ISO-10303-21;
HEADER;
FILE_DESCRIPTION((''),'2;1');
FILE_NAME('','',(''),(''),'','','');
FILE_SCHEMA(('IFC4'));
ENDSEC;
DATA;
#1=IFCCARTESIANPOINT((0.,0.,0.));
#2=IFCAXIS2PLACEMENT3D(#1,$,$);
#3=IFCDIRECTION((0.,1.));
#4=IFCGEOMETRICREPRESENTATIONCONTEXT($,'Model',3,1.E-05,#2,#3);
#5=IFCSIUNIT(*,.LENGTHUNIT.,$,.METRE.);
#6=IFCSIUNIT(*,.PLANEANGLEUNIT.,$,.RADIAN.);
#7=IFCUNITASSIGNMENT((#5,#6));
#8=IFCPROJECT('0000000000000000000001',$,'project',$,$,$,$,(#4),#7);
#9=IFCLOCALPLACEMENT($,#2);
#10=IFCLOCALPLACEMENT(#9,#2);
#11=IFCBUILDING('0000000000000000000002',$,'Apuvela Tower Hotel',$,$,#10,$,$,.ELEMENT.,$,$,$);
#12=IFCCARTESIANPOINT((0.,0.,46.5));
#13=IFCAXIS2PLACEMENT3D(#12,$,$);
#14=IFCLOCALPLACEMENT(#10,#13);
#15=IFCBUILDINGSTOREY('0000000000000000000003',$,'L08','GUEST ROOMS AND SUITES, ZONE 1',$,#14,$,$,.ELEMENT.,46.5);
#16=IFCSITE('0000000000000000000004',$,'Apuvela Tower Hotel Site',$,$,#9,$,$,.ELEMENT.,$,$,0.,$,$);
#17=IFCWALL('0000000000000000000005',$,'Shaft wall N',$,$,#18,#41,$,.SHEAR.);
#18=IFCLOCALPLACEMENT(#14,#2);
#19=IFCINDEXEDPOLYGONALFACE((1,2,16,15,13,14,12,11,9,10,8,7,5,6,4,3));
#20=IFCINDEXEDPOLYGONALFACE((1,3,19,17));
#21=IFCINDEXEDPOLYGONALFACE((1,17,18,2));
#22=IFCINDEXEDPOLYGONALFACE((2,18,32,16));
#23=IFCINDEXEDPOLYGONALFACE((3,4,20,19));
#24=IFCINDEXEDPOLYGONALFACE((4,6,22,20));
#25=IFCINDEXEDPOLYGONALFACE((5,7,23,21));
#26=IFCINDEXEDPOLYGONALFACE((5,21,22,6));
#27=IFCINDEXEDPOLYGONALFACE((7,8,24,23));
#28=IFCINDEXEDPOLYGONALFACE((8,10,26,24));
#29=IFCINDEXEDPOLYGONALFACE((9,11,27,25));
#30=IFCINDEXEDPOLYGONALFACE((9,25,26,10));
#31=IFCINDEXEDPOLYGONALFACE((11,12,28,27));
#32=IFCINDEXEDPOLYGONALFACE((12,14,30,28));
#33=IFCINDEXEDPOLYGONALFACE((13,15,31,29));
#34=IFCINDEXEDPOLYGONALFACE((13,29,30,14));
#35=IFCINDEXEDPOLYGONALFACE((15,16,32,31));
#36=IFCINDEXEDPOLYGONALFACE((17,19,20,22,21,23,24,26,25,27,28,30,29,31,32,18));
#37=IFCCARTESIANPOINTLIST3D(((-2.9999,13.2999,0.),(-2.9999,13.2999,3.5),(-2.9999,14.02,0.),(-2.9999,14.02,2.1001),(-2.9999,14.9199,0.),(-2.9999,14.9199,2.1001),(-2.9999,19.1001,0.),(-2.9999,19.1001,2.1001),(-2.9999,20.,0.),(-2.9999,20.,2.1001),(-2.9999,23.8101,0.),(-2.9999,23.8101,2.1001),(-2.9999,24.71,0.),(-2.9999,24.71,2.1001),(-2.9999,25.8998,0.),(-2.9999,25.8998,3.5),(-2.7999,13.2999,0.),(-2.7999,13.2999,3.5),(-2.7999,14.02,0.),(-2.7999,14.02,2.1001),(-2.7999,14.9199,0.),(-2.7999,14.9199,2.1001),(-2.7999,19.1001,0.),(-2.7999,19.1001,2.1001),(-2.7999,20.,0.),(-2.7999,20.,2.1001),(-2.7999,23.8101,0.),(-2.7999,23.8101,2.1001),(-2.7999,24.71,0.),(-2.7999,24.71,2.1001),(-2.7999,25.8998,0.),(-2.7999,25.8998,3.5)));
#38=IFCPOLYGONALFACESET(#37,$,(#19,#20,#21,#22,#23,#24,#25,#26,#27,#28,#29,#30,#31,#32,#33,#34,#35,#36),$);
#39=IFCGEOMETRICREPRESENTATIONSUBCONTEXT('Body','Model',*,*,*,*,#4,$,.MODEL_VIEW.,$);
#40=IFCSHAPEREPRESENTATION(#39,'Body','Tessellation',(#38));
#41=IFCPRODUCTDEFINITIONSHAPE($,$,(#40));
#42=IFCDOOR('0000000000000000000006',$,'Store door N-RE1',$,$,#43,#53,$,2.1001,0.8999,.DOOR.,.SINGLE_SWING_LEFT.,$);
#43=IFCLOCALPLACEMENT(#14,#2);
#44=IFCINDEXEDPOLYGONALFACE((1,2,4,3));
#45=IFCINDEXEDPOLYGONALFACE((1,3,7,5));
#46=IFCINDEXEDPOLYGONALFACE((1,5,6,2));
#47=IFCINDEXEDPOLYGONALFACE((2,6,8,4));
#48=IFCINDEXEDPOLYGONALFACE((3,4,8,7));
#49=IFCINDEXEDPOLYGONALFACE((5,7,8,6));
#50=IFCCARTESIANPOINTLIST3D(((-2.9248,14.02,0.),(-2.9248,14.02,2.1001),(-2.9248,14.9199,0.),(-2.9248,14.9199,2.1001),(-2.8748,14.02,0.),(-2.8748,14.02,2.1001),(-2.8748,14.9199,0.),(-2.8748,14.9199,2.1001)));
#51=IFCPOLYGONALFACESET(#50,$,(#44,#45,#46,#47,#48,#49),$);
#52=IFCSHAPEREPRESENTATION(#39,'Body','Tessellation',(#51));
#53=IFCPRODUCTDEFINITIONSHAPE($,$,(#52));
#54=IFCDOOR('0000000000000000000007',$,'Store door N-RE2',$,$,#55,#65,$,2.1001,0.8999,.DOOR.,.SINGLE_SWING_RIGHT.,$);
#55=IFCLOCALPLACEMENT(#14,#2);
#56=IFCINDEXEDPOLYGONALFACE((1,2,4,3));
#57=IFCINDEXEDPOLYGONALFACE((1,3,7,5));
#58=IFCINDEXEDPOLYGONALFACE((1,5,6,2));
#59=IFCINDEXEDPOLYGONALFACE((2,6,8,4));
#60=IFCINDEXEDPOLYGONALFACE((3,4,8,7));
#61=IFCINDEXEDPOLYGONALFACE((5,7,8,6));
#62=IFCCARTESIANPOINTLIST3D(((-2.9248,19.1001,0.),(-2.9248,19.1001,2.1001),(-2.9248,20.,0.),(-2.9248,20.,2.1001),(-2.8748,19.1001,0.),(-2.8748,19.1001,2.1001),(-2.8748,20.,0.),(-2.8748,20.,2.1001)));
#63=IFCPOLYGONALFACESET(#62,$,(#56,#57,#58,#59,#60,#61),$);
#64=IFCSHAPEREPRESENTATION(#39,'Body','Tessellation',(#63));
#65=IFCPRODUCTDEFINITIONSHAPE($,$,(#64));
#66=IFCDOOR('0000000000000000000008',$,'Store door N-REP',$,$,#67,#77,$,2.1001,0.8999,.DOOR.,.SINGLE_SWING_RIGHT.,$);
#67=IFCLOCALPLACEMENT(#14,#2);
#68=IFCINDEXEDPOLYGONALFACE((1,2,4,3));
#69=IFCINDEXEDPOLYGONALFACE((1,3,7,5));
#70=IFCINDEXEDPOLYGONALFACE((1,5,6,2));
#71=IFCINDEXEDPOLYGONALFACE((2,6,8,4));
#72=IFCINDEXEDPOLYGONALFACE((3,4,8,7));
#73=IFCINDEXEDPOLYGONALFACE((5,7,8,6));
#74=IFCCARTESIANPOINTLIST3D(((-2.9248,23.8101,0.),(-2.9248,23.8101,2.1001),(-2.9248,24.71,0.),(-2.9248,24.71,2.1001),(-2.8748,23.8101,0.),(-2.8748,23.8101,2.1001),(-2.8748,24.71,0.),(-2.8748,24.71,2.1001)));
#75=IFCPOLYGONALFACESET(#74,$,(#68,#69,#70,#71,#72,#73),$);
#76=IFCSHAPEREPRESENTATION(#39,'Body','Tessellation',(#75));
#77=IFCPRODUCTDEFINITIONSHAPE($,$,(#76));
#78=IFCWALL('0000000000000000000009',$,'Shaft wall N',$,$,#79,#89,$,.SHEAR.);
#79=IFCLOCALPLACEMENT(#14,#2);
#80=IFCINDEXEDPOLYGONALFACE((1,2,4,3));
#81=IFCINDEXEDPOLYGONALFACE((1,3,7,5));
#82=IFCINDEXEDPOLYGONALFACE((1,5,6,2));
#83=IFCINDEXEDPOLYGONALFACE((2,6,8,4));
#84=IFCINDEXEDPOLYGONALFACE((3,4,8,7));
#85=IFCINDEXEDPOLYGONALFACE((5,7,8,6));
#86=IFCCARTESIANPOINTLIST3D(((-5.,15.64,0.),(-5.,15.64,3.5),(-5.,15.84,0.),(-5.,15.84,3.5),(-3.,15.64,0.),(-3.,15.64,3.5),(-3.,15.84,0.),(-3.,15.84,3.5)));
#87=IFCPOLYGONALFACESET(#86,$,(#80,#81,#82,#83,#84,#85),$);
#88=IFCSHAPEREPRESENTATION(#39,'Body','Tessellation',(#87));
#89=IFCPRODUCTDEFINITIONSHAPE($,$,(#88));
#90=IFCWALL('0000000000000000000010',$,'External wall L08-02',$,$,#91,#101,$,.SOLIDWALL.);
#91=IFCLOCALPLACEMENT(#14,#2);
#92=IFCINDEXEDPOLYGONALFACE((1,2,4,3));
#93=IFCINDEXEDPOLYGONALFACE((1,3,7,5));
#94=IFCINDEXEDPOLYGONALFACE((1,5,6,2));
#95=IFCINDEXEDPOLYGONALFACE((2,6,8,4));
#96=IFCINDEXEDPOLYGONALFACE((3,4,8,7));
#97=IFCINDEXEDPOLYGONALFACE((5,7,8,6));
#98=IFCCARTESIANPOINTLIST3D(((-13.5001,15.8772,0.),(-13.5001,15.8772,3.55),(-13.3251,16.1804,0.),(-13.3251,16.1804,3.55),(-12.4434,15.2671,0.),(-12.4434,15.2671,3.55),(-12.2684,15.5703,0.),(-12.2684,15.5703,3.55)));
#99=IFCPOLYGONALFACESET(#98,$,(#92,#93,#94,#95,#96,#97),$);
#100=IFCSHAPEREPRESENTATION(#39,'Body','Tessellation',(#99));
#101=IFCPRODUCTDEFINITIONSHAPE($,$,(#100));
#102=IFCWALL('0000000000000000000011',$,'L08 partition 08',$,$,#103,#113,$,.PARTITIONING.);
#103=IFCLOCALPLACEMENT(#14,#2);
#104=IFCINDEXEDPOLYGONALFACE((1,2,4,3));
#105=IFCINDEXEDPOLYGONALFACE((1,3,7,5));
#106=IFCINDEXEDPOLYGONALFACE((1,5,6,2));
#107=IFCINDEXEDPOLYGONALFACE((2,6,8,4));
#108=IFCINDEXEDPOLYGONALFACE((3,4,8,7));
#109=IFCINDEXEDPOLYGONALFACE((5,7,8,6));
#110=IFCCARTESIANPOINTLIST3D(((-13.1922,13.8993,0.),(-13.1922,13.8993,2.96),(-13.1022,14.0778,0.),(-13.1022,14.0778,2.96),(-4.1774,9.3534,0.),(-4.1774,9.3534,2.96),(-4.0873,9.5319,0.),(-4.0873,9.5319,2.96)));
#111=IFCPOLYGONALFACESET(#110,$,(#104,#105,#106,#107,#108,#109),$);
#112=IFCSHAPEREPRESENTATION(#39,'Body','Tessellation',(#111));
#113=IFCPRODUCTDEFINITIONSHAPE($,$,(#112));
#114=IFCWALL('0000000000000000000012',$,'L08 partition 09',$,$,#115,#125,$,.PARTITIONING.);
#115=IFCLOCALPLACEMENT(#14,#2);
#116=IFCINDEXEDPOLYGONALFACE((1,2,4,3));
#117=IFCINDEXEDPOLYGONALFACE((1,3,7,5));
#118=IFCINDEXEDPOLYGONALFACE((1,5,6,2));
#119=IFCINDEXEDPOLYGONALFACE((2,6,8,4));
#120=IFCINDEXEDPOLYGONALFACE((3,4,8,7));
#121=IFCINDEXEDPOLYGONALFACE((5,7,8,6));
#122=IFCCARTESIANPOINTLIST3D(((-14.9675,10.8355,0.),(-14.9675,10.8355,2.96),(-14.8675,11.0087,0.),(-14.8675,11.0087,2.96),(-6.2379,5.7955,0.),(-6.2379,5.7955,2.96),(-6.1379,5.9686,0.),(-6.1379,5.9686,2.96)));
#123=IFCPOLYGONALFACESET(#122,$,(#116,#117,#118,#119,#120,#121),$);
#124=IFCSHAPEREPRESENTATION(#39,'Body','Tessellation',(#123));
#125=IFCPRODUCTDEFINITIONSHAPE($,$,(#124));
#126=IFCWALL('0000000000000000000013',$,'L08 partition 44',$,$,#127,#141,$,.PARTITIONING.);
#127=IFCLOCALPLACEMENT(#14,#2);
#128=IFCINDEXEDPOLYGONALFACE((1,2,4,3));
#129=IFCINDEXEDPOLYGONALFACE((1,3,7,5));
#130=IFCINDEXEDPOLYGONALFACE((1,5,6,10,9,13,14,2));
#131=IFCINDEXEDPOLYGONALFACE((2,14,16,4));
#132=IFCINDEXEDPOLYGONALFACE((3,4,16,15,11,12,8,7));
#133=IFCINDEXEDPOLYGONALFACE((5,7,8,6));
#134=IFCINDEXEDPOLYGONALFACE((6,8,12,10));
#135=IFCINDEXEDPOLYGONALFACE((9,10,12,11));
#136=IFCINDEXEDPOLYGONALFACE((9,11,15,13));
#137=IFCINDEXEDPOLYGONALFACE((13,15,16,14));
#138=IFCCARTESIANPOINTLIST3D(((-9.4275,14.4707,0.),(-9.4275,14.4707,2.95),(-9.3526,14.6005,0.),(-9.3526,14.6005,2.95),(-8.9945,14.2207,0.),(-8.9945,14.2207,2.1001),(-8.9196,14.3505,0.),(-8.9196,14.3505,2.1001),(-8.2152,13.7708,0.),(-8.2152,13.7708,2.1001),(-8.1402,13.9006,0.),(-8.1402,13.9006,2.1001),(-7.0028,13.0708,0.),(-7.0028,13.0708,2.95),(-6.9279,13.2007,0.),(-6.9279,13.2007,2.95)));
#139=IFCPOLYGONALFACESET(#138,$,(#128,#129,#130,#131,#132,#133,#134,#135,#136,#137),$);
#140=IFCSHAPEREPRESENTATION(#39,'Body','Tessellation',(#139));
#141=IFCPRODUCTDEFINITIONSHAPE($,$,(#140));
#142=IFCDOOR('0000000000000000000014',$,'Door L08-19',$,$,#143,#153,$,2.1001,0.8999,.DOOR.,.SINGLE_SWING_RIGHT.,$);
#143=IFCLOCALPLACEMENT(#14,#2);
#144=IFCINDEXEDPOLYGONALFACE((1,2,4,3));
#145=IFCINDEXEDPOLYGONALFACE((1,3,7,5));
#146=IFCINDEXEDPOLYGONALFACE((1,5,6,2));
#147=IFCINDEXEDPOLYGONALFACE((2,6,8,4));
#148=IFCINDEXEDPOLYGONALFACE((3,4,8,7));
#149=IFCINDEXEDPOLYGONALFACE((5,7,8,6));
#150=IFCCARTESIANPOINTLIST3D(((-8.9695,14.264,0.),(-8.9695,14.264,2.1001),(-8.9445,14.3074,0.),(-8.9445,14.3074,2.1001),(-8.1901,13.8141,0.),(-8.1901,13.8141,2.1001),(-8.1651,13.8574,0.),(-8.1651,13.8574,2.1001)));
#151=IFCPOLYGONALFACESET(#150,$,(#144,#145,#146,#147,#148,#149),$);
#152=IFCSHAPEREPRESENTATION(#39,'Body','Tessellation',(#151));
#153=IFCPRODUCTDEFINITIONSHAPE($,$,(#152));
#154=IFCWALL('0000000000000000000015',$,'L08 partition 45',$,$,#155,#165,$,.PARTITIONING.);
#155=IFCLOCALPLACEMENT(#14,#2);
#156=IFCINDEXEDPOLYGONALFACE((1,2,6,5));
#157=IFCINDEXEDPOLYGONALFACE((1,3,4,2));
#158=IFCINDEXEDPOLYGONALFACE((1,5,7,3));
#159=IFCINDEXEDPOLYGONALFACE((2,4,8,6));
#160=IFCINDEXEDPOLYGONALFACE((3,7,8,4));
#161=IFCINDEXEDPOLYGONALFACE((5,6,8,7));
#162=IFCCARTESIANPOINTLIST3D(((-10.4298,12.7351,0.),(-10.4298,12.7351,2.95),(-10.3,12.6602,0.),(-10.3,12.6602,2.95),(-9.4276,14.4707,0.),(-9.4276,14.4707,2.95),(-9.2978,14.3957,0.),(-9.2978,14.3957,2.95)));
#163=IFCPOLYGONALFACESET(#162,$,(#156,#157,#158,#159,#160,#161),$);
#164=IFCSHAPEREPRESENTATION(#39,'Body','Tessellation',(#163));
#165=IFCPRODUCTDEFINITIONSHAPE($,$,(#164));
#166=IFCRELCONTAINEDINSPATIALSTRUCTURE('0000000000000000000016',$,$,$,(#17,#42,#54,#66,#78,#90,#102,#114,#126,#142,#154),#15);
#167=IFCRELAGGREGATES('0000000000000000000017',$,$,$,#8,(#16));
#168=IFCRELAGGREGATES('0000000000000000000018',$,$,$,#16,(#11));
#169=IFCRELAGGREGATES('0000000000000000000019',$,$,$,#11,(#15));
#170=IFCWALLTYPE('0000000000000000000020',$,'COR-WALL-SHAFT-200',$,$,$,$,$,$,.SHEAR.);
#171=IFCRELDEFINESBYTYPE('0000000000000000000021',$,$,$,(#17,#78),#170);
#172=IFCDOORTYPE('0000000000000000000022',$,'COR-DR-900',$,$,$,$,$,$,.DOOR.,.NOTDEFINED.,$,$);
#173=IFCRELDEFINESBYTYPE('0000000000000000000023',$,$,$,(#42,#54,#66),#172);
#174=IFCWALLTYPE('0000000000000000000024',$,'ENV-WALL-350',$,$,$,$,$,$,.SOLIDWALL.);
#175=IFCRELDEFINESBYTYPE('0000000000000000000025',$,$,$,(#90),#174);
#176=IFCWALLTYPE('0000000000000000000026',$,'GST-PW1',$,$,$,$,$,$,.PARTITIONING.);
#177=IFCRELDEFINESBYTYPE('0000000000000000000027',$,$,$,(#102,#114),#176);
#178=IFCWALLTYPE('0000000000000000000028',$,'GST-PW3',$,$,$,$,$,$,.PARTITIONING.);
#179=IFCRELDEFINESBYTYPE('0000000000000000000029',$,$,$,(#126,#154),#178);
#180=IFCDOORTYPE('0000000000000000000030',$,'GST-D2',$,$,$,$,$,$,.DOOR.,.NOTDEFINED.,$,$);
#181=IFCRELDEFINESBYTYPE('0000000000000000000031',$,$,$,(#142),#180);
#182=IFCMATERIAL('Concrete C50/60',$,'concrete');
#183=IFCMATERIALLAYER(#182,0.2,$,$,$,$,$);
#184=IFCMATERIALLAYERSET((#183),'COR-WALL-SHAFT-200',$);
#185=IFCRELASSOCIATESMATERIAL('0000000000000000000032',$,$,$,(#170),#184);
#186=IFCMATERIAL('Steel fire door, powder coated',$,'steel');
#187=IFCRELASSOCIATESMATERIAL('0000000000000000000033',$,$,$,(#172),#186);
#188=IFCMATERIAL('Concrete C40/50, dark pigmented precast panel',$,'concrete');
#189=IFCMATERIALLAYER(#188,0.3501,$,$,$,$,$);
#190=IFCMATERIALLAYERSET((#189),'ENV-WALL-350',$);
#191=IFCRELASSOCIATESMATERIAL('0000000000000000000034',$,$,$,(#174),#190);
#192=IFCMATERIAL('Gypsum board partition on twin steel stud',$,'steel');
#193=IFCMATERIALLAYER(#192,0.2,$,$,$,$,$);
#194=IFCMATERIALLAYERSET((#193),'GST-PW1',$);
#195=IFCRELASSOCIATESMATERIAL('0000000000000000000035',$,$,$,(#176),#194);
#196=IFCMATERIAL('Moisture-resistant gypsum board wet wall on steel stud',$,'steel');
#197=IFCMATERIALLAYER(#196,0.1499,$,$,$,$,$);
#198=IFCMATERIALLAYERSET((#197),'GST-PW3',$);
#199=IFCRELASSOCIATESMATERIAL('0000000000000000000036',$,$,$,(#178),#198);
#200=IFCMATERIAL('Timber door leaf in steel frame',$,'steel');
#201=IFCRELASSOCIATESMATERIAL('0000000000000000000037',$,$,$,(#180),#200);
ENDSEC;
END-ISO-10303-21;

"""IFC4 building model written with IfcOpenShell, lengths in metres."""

from ifc_helpers import new_model, si_unit, direction, frame, frame_2d, origin, place, context, subcontext, project, spatial, rectangle, extrude, material, layer, layer_set, type_object, element, fill, save


model = new_model("IFC4")

# Units and contexts
model_context = context("Model", 3, precision=1e-05, world=origin(), true_north=direction((0.0, 1.0)))
body_context = subcontext(model_context, "Body", "Model", "MODEL_VIEW")
ifc_project = project(units=[si_unit("LENGTHUNIT", "METRE"), si_unit("PLANEANGLEUNIT", "RADIAN")], contexts=[model_context])

# Site, building, storey
site_placement = place(None, origin())
site = spatial("IfcSite", under=ifc_project, at=site_placement, Name="Apuvela Tower Hotel Site", CompositionType="ELEMENT", RefElevation=0.0)
building_placement = place(site_placement, origin())
building = spatial("IfcBuilding", under=site, at=building_placement, Name="Apuvela Tower Hotel", CompositionType="ELEMENT")
storey_placement = place(building_placement, frame((0.0, 0.0, 46.5)))
storey = spatial("IfcBuildingStorey", under=building, at=storey_placement, Name="L08", Description="GUEST ROOMS AND SUITES, ZONE 1", CompositionType="ELEMENT", Elevation=46.5)

# Shared definitions
ifc_material_1 = material(Name="Concrete C50/60", Category="concrete")
ifc_layer_1 = layer(ifc_material_1, 0.2)
ifc_layer_set_1 = layer_set([ifc_layer_1], Name="COR-WALL-SHAFT-200")
wall_type_1 = type_object("IfcWallType", Name="COR-WALL-SHAFT-200", PredefinedType="SHEAR", material=ifc_layer_set_1)

# Wall, openings, doors
wall_1_placement = place(storey_placement, frame((-2.8999, 13.3, 0.0), z_axis=(0.0, 0.0, 1.0), x_axis=(0.0, 1.0, 0.0)))
wall_1 = element("IfcWall", 1, at=wall_1_placement, inside=storey, type_object=wall_type_1, Name="Shaft wall N", PredefinedType="SHEAR", context=body_context, shape_type="SweptSolid", body=[
    extrude(rectangle(XDim=12.5999, YDim=0.2, at=frame_2d((6.2998, 0.0))), origin(), (0.0, 0.0, 1.0), 3.5),
])
opening_1_placement = place(wall_1_placement, frame((0.72, 0.0, 0.0)))
opening_1 = element("IfcOpeningElement", 2, at=opening_1_placement, cuts=wall_1, PredefinedType="OPENING", context=body_context, shape_type="SweptSolid", body=[
    extrude(rectangle(XDim=0.8999, YDim=2.1001, at=frame_2d((0.45, 1.05))), frame((0.0, 0.1099, 0.0), z_axis=(0.0, -1.0, 0.0), x_axis=(1.0, 0.0, 0.0)), (0.0, 0.0, 1.0), 0.22),
])
opening_2_placement = place(wall_1_placement, frame((5.8, 0.0, 0.0)))
opening_2 = element("IfcOpeningElement", 3, at=opening_2_placement, cuts=wall_1, PredefinedType="OPENING", context=body_context, shape_type="SweptSolid", body=[
    extrude(rectangle(XDim=0.8999, YDim=2.1001, at=frame_2d((0.45, 1.05))), frame((0.0, 0.1099, 0.0), z_axis=(0.0, -1.0, 0.0), x_axis=(1.0, 0.0, 0.0)), (0.0, 0.0, 1.0), 0.22),
])
opening_3_placement = place(wall_1_placement, frame((10.51, 0.0, 0.0)))
opening_3 = element("IfcOpeningElement", 4, at=opening_3_placement, cuts=wall_1, PredefinedType="OPENING", context=body_context, shape_type="SweptSolid", body=[
    extrude(rectangle(XDim=0.8999, YDim=2.1001, at=frame_2d((0.45, 1.05))), frame((0.0, 0.1099, 0.0), z_axis=(0.0, -1.0, 0.0), x_axis=(1.0, 0.0, 0.0)), (0.0, 0.0, 1.0), 0.22),
])
ifc_material_2 = material(Name="Steel fire door, powder coated", Category="steel")
door_type_1 = type_object("IfcDoorType", Name="COR-DR-900", OperationType="NOTDEFINED", PredefinedType="DOOR", material=ifc_material_2)
door_1_placement = place(opening_1_placement, origin())
door_1 = element("IfcDoor", 5, at=door_1_placement, inside=storey, type_object=door_type_1, Name="Store door N-RE1", OperationType="SINGLE_SWING_LEFT", OverallHeight=2.1001, OverallWidth=0.8999, PredefinedType="DOOR", context=body_context, shape_type="SweptSolid", body=[
    extrude(rectangle(XDim=0.8999, YDim=2.1001, at=frame_2d((0.45, 1.05))), frame((0.0, 0.0249, 0.0), z_axis=(0.0, -1.0, 0.0), x_axis=(1.0, 0.0, 0.0)), (0.0, 0.0, 1.0), 0.05),
])
fill(opening_1, door_1)
door_2_placement = place(opening_2_placement, origin())
door_2 = element("IfcDoor", 6, at=door_2_placement, inside=storey, type_object=door_type_1, Name="Store door N-RE2", OperationType="SINGLE_SWING_RIGHT", OverallHeight=2.1001, OverallWidth=0.8999, PredefinedType="DOOR", context=body_context, shape_type="SweptSolid", body=[
    extrude(rectangle(XDim=0.8999, YDim=2.1001, at=frame_2d((0.45, 1.05))), frame((0.0, 0.0249, 0.0), z_axis=(0.0, -1.0, 0.0), x_axis=(1.0, 0.0, 0.0)), (0.0, 0.0, 1.0), 0.05),
])
fill(opening_2, door_2)
door_3_placement = place(opening_3_placement, origin())
door_3 = element("IfcDoor", 7, at=door_3_placement, inside=storey, type_object=door_type_1, Name="Store door N-REP", OperationType="SINGLE_SWING_RIGHT", OverallHeight=2.1001, OverallWidth=0.8999, PredefinedType="DOOR", context=body_context, shape_type="SweptSolid", body=[
    extrude(rectangle(XDim=0.8999, YDim=2.1001, at=frame_2d((0.45, 1.05))), frame((0.0, 0.0249, 0.0), z_axis=(0.0, -1.0, 0.0), x_axis=(1.0, 0.0, 0.0)), (0.0, 0.0, 1.0), 0.05),
])
fill(opening_3, door_3)

# Walls
wall_2_placement = place(storey_placement, frame((-3.0, 15.74, 0.0), z_axis=(0.0, 0.0, 1.0), x_axis=(-1.0, 0.0, 0.0)))
element("IfcWall", 8, at=wall_2_placement, inside=storey, type_object=wall_type_1, Name="Shaft wall N", PredefinedType="SHEAR", context=body_context, shape_type="SweptSolid", body=[
    extrude(rectangle(XDim=2.0, YDim=0.2, at=frame_2d((1.0, 0.0))), origin(), (0.0, 0.0, 1.0), 3.5),
])
ifc_material_3 = material(Name="Concrete C40/50, dark pigmented precast panel", Category="concrete")
ifc_layer_2 = layer(ifc_material_3, 0.3501)
ifc_layer_set_2 = layer_set([ifc_layer_2], Name="ENV-WALL-350")
wall_type_2 = type_object("IfcWallType", Name="ENV-WALL-350", PredefinedType="SOLIDWALL", material=ifc_layer_set_2)
wall_3_placement = place(storey_placement, frame((-13.4126, 16.0288, 0.0), z_axis=(0.0, 0.0, 1.0), x_axis=(0.866006, -0.500034, 0.0)))
element("IfcWall", 9, at=wall_3_placement, inside=storey, type_object=wall_type_2, Name="External wall L08-02", PredefinedType="SOLIDWALL", context=body_context, shape_type="SweptSolid", body=[
    extrude(rectangle(XDim=1.2202, YDim=0.3501, at=frame_2d((0.6101, 0.0))), origin(), (0.0, 0.0, 1.0), 3.55),
])

# Walls
ifc_material_4 = material(Name="Gypsum board partition on twin steel stud", Category="steel")
ifc_layer_3 = layer(ifc_material_4, 0.2)
ifc_layer_set_3 = layer_set([ifc_layer_3], Name="GST-PW1")
wall_type_3 = type_object("IfcWallType", Name="GST-PW1", PredefinedType="PARTITIONING", material=ifc_layer_set_3)
wall_4_placement = place(storey_placement, frame((-13.1472, 13.9885, 0.0), z_axis=(0.0, 0.0, 1.0), x_axis=(0.892899, -0.450258, 0.0)))
element("IfcWall", 10, at=wall_4_placement, inside=storey, type_object=wall_type_3, Name="L08 partition 08", PredefinedType="PARTITIONING", context=body_context, shape_type="SweptSolid", body=[
    extrude(rectangle(XDim=10.0962, YDim=0.2, at=frame_2d((5.0481, 0.0))), origin(), (0.0, 0.0, 1.0), 2.96),
])
wall_5_placement = place(storey_placement, frame((-14.9175, 10.9221, 0.0), z_axis=(0.0, 0.0, 1.0), x_axis=(0.866023, -0.500005, 0.0)))
element("IfcWall", 11, at=wall_5_placement, inside=storey, type_object=wall_type_3, Name="L08 partition 09", PredefinedType="PARTITIONING", context=body_context, shape_type="SweptSolid", body=[
    extrude(rectangle(XDim=10.0801, YDim=0.2, at=frame_2d((5.04, 0.0))), origin(), (0.0, 0.0, 1.0), 2.96),
])

# Wall, opening, door
ifc_material_5 = material(Name="Moisture-resistant gypsum board wet wall on steel stud", Category="steel")
ifc_layer_4 = layer(ifc_material_5, 0.1499)
ifc_layer_set_4 = layer_set([ifc_layer_4], Name="GST-PW3")
wall_type_4 = type_object("IfcWallType", Name="GST-PW3", PredefinedType="PARTITIONING", material=ifc_layer_set_4)
wall_6_placement = place(storey_placement, frame((-6.9653, 13.1357, 0.0), z_axis=(0.0, 0.0, 1.0), x_axis=(-0.866035, 0.499984, 0.0)))
wall_6 = element("IfcWall", 12, at=wall_6_placement, inside=storey, type_object=wall_type_4, Name="L08 partition 44", PredefinedType="PARTITIONING", context=body_context, shape_type="SweptSolid", body=[
    extrude(rectangle(XDim=2.7998, YDim=0.1499, at=frame_2d((1.3999, 0.0))), origin(), (0.0, 0.0, 1.0), 2.95),
])
opening_4_placement = place(wall_6_placement, frame((1.3999, 0.0, 0.0)))
opening_4 = element("IfcOpeningElement", 13, at=opening_4_placement, cuts=wall_6, PredefinedType="OPENING", context=body_context, shape_type="SweptSolid", body=[
    extrude(rectangle(XDim=0.8999, YDim=2.1001, at=frame_2d((0.45, 1.05))), frame((0.0, 0.085, 0.0), z_axis=(0.0, -1.0, 0.0), x_axis=(1.0, 0.0, 0.0)), (0.0, 0.0, 1.0), 0.1699),
])
ifc_material_6 = material(Name="Timber door leaf in steel frame", Category="steel")
door_type_2 = type_object("IfcDoorType", Name="GST-D2", OperationType="NOTDEFINED", PredefinedType="DOOR", material=ifc_material_6)
door_4_placement = place(opening_4_placement, origin())
door_4 = element("IfcDoor", 14, at=door_4_placement, inside=storey, type_object=door_type_2, Name="Door L08-19", OperationType="SINGLE_SWING_RIGHT", OverallHeight=2.1001, OverallWidth=0.8999, PredefinedType="DOOR", context=body_context, shape_type="SweptSolid", body=[
    extrude(rectangle(XDim=0.8999, YDim=2.1001, at=frame_2d((0.45, 1.05))), frame((0.0, 0.0249, 0.0), z_axis=(0.0, -1.0, 0.0), x_axis=(1.0, 0.0, 0.0)), (0.0, 0.0, 1.0), 0.05),
])
fill(opening_4, door_4)

# Wall
wall_7_placement = place(storey_placement, frame((-9.3628, 14.4331, 0.0), z_axis=(0.0, 0.0, 1.0), x_axis=(-0.500056, -0.865993, 0.0)))
element("IfcWall", 15, at=wall_7_placement, inside=storey, type_object=wall_type_4, Name="L08 partition 45", PredefinedType="PARTITIONING", context=body_context, shape_type="SweptSolid", body=[
    extrude(rectangle(XDim=2.0042, YDim=0.1499, at=frame_2d((1.002, 0.0))), origin(), (0.0, 0.0, 1.0), 2.95),
])

save(model, "model.ifc")
